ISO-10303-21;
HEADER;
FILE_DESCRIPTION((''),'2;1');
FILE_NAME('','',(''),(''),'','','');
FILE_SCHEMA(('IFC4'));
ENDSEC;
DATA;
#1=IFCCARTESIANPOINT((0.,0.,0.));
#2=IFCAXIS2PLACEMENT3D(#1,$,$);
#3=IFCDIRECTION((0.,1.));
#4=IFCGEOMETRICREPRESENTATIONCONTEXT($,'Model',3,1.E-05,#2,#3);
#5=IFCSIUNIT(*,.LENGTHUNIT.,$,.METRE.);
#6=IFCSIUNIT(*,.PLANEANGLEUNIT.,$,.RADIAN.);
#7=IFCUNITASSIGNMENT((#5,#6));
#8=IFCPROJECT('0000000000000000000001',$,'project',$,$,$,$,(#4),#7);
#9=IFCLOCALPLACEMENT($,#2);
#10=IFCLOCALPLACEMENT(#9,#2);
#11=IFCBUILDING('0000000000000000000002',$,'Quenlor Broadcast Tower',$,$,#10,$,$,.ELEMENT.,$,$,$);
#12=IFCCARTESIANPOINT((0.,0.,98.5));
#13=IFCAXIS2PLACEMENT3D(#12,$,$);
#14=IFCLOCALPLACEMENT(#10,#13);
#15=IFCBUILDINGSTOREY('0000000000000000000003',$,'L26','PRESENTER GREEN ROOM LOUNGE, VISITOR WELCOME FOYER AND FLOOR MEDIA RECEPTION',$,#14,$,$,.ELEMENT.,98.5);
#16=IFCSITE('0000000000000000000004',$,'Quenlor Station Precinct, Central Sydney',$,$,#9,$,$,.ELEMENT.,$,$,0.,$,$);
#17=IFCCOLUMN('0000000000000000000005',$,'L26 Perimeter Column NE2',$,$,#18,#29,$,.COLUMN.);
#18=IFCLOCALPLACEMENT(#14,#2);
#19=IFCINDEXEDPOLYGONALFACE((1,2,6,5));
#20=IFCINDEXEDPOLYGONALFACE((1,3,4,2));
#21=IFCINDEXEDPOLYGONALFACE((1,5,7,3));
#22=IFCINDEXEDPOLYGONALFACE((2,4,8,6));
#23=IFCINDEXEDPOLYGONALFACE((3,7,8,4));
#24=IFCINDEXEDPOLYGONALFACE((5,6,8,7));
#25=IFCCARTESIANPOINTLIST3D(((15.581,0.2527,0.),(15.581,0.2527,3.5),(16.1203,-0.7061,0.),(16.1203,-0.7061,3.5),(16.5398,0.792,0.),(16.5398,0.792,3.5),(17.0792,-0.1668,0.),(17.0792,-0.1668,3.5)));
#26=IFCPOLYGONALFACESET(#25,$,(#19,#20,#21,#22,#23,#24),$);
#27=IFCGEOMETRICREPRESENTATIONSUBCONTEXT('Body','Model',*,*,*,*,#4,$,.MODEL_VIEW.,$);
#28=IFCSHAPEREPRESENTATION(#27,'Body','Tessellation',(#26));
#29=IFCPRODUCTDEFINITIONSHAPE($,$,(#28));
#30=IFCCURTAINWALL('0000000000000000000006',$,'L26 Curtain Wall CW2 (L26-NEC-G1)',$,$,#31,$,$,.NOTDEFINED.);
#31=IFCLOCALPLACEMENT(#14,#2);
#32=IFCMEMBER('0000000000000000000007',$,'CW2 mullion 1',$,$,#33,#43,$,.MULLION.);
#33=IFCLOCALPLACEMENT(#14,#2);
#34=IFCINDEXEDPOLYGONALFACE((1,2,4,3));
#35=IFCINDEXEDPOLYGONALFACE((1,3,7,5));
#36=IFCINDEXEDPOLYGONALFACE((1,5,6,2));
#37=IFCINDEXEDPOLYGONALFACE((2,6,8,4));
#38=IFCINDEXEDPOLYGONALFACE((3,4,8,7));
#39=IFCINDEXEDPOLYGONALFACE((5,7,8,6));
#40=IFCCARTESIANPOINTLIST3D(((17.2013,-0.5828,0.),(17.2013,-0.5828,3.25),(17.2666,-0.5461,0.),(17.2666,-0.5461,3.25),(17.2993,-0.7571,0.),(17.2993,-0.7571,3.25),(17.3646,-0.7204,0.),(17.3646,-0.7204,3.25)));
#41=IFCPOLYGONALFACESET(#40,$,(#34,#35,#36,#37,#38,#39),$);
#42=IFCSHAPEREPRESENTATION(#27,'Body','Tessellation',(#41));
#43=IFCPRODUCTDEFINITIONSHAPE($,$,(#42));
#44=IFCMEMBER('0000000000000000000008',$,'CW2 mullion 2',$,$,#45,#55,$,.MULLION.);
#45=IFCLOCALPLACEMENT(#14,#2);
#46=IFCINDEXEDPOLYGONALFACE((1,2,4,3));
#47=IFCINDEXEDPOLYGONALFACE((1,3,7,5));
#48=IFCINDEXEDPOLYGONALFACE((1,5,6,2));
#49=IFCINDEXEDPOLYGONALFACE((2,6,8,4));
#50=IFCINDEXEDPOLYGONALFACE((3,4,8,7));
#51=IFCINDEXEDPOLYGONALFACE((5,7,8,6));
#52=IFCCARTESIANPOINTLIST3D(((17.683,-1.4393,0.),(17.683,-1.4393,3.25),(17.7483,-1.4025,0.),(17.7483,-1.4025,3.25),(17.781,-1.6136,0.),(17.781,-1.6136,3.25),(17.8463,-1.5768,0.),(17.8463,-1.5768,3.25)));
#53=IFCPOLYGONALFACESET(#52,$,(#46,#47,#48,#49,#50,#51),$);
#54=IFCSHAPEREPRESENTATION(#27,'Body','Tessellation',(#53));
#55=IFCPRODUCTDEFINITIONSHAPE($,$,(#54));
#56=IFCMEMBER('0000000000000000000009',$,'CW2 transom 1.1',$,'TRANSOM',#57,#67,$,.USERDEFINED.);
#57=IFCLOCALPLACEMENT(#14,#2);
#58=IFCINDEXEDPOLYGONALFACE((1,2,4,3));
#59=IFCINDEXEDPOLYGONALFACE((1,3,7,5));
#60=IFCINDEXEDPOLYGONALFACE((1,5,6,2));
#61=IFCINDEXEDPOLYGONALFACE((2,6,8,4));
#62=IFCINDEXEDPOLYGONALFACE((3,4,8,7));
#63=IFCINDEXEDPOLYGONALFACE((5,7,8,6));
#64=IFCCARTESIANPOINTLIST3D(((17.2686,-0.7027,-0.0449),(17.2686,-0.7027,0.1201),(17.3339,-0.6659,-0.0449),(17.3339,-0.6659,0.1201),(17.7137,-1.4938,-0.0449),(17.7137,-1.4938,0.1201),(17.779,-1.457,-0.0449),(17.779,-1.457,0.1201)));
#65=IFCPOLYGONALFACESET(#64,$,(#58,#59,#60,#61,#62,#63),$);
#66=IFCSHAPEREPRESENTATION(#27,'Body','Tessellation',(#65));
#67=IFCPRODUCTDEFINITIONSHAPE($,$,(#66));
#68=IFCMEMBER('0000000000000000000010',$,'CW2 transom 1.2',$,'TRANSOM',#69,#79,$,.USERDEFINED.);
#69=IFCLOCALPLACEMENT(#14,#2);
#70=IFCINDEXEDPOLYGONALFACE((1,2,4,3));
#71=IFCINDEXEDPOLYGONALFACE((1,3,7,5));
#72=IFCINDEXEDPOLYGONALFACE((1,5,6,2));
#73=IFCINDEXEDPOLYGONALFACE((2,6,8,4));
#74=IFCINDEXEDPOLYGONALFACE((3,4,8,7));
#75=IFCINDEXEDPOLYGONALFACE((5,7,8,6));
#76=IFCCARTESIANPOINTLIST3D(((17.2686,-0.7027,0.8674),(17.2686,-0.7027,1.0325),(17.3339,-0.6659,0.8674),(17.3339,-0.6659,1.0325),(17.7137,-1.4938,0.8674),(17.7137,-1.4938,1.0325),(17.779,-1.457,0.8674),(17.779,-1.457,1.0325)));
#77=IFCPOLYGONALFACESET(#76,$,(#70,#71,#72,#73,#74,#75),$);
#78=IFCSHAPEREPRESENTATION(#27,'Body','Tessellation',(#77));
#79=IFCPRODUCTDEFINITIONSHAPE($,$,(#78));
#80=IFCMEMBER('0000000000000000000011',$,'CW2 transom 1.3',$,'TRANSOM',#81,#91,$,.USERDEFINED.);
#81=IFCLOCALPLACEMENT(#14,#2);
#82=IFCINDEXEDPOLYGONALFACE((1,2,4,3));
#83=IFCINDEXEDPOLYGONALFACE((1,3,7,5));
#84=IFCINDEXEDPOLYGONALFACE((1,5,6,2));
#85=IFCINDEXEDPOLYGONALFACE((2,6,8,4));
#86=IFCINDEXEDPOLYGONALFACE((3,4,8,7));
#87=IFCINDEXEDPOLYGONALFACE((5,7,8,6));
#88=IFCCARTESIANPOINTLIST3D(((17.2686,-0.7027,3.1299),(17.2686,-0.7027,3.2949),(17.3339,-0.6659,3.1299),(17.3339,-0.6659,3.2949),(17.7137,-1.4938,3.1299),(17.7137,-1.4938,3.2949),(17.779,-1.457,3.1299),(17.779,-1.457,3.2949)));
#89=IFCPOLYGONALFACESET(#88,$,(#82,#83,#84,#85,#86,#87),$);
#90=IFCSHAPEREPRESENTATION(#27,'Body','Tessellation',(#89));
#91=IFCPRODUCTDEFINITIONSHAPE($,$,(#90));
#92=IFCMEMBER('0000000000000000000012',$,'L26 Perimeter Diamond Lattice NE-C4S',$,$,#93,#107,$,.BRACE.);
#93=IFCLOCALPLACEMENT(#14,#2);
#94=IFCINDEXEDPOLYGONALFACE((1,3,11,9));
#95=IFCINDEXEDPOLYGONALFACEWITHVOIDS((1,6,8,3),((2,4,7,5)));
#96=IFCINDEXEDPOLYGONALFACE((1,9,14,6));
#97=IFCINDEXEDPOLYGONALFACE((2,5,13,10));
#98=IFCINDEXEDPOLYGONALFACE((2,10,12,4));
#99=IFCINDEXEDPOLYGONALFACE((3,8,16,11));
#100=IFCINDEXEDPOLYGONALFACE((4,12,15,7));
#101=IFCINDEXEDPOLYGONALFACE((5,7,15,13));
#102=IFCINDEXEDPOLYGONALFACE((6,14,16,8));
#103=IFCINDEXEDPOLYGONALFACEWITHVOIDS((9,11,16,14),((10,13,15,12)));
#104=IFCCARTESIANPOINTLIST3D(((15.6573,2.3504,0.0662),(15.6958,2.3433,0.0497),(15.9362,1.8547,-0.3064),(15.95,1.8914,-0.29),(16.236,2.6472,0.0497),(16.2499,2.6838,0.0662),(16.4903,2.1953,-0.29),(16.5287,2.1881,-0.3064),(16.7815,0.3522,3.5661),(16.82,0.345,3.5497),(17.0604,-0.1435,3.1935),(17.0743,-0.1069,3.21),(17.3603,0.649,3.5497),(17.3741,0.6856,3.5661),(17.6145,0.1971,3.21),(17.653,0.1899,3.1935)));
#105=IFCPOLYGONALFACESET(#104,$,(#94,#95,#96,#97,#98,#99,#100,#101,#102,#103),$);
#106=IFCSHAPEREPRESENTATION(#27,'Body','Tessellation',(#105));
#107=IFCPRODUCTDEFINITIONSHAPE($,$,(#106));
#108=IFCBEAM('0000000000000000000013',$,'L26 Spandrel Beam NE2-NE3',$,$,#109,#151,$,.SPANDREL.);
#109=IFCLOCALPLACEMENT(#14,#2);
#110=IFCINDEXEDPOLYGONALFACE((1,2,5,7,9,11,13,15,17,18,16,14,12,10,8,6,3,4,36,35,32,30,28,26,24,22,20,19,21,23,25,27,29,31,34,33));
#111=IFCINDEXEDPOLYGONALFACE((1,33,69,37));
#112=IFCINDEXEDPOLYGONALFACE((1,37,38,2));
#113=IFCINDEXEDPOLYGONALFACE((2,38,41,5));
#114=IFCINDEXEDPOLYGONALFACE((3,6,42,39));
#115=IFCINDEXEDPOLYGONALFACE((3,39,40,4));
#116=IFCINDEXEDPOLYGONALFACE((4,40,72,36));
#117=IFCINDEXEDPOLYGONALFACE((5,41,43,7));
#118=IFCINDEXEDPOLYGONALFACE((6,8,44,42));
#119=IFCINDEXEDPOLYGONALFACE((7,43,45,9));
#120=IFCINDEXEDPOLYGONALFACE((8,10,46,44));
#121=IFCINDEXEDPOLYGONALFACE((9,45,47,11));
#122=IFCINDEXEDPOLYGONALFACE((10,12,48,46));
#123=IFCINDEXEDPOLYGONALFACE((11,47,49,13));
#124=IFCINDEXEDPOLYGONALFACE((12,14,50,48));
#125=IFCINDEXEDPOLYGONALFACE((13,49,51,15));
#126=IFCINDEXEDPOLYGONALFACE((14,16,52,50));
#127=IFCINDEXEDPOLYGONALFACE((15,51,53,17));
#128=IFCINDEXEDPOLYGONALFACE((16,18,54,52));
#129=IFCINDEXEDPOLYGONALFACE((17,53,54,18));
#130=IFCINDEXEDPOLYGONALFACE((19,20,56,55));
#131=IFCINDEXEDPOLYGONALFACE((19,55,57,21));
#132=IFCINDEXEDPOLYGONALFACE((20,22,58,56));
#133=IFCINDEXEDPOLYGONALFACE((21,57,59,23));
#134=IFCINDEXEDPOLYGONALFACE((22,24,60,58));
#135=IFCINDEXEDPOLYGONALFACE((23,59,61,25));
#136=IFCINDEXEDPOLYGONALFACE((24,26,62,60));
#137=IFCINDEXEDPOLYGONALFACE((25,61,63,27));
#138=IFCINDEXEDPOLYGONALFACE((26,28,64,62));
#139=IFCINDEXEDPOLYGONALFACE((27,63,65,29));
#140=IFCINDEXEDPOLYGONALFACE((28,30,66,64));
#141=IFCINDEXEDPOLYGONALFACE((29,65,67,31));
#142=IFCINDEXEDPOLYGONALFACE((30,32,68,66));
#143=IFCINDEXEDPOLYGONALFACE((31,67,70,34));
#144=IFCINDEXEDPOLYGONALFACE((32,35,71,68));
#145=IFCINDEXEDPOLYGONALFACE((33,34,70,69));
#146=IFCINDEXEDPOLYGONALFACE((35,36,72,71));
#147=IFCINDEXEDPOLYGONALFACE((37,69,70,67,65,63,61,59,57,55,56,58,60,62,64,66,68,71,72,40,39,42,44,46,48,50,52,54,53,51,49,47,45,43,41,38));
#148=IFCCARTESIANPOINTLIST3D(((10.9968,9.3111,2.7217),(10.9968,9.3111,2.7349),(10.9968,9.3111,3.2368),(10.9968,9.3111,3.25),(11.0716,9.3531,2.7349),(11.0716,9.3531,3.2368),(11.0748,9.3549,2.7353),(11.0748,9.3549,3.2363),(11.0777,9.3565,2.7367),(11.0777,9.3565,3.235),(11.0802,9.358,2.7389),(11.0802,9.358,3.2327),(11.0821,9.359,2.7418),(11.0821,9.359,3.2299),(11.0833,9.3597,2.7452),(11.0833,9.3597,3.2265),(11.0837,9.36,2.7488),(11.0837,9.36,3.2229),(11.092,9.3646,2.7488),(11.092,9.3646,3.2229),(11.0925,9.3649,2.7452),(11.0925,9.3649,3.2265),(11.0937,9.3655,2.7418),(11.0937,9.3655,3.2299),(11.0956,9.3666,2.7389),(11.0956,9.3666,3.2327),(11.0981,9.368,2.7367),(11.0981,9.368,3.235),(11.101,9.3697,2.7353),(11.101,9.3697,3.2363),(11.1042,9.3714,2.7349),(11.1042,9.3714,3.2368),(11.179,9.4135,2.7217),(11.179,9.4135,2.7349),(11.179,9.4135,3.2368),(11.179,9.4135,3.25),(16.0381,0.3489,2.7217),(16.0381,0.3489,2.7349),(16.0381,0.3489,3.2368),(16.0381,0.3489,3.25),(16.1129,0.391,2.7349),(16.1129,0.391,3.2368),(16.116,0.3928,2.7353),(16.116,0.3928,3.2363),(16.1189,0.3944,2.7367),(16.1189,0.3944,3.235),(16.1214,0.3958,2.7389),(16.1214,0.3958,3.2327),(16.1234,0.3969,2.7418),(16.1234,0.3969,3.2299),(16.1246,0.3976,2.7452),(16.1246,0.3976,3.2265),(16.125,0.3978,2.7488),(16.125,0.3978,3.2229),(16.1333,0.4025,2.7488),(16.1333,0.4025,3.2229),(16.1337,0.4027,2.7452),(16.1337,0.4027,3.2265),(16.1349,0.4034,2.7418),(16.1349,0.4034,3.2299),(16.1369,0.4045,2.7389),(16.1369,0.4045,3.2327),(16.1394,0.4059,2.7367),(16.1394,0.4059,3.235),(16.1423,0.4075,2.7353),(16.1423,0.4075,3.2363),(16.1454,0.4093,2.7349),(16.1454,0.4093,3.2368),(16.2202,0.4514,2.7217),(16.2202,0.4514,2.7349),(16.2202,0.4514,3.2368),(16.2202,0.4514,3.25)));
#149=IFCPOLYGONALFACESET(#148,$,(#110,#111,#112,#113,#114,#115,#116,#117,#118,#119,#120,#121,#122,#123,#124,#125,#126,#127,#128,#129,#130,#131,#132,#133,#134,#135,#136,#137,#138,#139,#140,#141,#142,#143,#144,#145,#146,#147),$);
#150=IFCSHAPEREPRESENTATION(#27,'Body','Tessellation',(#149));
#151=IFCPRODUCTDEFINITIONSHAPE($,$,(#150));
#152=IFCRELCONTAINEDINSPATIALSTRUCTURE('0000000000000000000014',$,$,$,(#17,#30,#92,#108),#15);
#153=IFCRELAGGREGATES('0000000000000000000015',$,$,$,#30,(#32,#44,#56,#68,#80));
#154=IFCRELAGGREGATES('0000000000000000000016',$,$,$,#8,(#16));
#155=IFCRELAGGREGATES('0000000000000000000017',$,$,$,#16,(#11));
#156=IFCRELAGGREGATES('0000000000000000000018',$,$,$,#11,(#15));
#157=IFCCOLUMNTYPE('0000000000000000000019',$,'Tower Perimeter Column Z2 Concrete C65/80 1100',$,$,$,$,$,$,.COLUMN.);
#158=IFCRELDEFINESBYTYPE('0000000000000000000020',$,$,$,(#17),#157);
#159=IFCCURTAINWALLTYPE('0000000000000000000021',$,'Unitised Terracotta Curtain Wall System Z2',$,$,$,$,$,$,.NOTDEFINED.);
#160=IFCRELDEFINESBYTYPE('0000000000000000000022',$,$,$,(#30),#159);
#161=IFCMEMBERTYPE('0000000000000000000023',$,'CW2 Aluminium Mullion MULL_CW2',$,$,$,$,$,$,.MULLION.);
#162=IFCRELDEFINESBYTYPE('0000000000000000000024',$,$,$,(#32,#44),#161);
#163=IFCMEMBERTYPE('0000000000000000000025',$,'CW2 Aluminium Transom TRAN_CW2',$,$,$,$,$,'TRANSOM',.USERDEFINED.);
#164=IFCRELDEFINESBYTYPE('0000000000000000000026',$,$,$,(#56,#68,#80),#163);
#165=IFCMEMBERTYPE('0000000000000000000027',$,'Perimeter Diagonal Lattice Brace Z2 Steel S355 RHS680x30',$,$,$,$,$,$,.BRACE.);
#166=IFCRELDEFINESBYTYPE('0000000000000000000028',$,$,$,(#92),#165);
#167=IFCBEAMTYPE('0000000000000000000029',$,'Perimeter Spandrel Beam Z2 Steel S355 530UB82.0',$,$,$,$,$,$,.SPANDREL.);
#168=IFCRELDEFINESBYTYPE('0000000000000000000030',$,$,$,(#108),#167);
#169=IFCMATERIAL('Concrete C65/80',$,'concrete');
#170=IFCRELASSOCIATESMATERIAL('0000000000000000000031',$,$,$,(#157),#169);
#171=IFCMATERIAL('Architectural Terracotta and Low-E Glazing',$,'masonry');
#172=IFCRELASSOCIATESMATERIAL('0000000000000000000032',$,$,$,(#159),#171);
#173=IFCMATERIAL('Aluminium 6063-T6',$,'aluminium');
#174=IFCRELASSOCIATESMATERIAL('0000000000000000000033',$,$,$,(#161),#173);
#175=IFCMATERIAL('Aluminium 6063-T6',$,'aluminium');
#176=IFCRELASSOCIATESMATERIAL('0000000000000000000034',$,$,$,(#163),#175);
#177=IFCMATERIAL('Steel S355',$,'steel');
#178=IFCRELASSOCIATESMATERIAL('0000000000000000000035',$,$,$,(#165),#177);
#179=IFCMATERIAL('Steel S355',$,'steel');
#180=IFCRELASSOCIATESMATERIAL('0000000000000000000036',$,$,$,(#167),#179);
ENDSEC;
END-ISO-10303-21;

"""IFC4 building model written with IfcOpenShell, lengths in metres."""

from ifc_helpers import new_model, si_unit, direction, frame, origin, origin_2d, place, context, subcontext, project, spatial, rectangle, hollow_rectangle, i_section, extrude, material, material_profile, profile_set, type_object, element, aggregate, save


model = new_model("IFC4")

# Units and contexts
model_context = context("Model", 3, precision=1e-05, world=origin(), true_north=direction((0.0, 1.0)))
body_context = subcontext(model_context, "Body", "Model", "MODEL_VIEW")
ifc_project = project(units=[si_unit("LENGTHUNIT", "METRE"), si_unit("PLANEANGLEUNIT", "RADIAN")], contexts=[model_context])

# Site, building, storey
site_placement = place(None, origin())
site = spatial("IfcSite", under=ifc_project, at=site_placement, Name="Quenlor Station Precinct, Central Sydney", CompositionType="ELEMENT", RefElevation=0.0)
building_placement = place(site_placement, origin())
building = spatial("IfcBuilding", under=site, at=building_placement, Name="Quenlor Broadcast Tower", CompositionType="ELEMENT")
storey_placement = place(building_placement, frame((0.0, 0.0, 98.5)))
storey = spatial("IfcBuildingStorey", under=building, at=storey_placement, Name="L26", Description="PRESENTER GREEN ROOM LOUNGE, VISITOR WELCOME FOYER AND FLOOR MEDIA RECEPTION", CompositionType="ELEMENT", Elevation=98.5)

# Column
ifc_material_1 = material(Name="Concrete C65/80", Category="concrete")
ifc_material_profile_1 = material_profile(ifc_material_1, rectangle(XDim=1.1001, YDim=1.1001, at=origin_2d()))
ifc_profile_set_1 = profile_set([ifc_material_profile_1], Name="Concrete C65/80 RC1100x1100")
column_type = type_object("IfcColumnType", Name="Tower Perimeter Column Z2 Concrete C65/80 1100", PredefinedType="COLUMN", material=ifc_profile_set_1)
column_placement = place(storey_placement, frame((16.3301, 0.043, 0.0), z_axis=(0.0, 0.0, 1.0), x_axis=(0.871575, 0.490262, 0.0)))
element("IfcColumn", 1, at=column_placement, inside=storey, type_object=column_type, Name="L26 Perimeter Column NE2", PredefinedType="COLUMN", context=body_context, shape_type="SweptSolid", body=[
    extrude(rectangle(XDim=1.1001, YDim=1.1001, at=origin_2d()), origin(), (0.0, 0.0, 1.0), 3.5),
])

# Curtain wall, members
ifc_material_2 = material(Name="Architectural Terracotta and Low-E Glazing", Category="masonry")
curtain_wall_type = type_object("IfcCurtainWallType", Name="Unitised Terracotta Curtain Wall System Z2", PredefinedType="NOTDEFINED", material=ifc_material_2)
curtain_wall_placement = place(storey_placement, origin())
curtain_wall = element("IfcCurtainWall", 2, at=curtain_wall_placement, inside=storey, type_object=curtain_wall_type, Name="L26 Curtain Wall CW2 (L26-NEC-G1)", PredefinedType="NOTDEFINED")
ifc_material_3 = material(Name="Aluminium 6063-T6", Category="aluminium")
ifc_material_profile_2 = material_profile(ifc_material_3, rectangle(XDim=0.075, YDim=0.2, at=origin_2d()))
ifc_profile_set_2 = profile_set([ifc_material_profile_2], Name="Aluminium 6063-T6 MULL75x200")
member_type_1 = type_object("IfcMemberType", Name="CW2 Aluminium Mullion MULL_CW2", PredefinedType="MULLION", material=ifc_profile_set_2)
member_1_placement = place(storey_placement, frame((17.283, -0.6516, 0.0), z_axis=(0.0, 0.0, 1.0), x_axis=(0.871581, 0.490252, 0.0)))
member_1 = element("IfcMember", 3, at=member_1_placement, type_object=member_type_1, Name="CW2 mullion 1", PredefinedType="MULLION", context=body_context, shape_type="SweptSolid", body=[
    extrude(rectangle(XDim=0.075, YDim=0.2, at=origin_2d()), origin(), (0.0, 0.0, 1.0), 3.25),
])
member_2_placement = place(storey_placement, frame((17.7646, -1.5081, 0.0), z_axis=(0.0, 0.0, 1.0), x_axis=(0.871581, 0.490252, 0.0)))
member_2 = element("IfcMember", 4, at=member_2_placement, type_object=member_type_1, Name="CW2 mullion 2", PredefinedType="MULLION", context=body_context, shape_type="SweptSolid", body=[
    extrude(rectangle(XDim=0.075, YDim=0.2, at=origin_2d()), origin(), (0.0, 0.0, 1.0), 3.25),
])
ifc_material_4 = material(Name="Aluminium 6063-T6", Category="aluminium")
ifc_material_profile_3 = material_profile(ifc_material_4, rectangle(XDim=0.075, YDim=0.165, at=origin_2d()))
ifc_profile_set_3 = profile_set([ifc_material_profile_3], Name="Aluminium 6063-T6 TRAN75x165")
member_type_2 = type_object("IfcMemberType", Name="CW2 Aluminium Transom TRAN_CW2", ElementType="TRANSOM", PredefinedType="USERDEFINED", material=ifc_profile_set_3)
member_3_placement = place(storey_placement, frame((17.3013, -0.6843, 0.0376), z_axis=(0.490363, -0.871518, 0.0), x_axis=(0.871518, 0.490363, 0.0)))
member_3 = element("IfcMember", 5, at=member_3_placement, type_object=member_type_2, Name="CW2 transom 1.1", ObjectType="TRANSOM", PredefinedType="USERDEFINED", context=body_context, shape_type="SweptSolid", body=[
    extrude(rectangle(XDim=0.075, YDim=0.165, at=origin_2d()), origin(), (0.0, 0.0, 1.0), 0.9077),
])
member_4_placement = place(storey_placement, frame((17.3013, -0.6843, 0.95), z_axis=(0.490363, -0.871518, 0.0), x_axis=(0.871518, 0.490363, 0.0)))
member_4 = element("IfcMember", 6, at=member_4_placement, type_object=member_type_2, Name="CW2 transom 1.2", ObjectType="TRANSOM", PredefinedType="USERDEFINED", context=body_context, shape_type="SweptSolid", body=[
    extrude(rectangle(XDim=0.075, YDim=0.165, at=origin_2d()), origin(), (0.0, 0.0, 1.0), 0.9077),
])
member_5_placement = place(storey_placement, frame((17.3013, -0.6843, 3.2124), z_axis=(0.490363, -0.871518, 0.0), x_axis=(0.871518, 0.490363, 0.0)))
member_5 = element("IfcMember", 7, at=member_5_placement, type_object=member_type_2, Name="CW2 transom 1.3", ObjectType="TRANSOM", PredefinedType="USERDEFINED", context=body_context, shape_type="SweptSolid", body=[
    extrude(rectangle(XDim=0.075, YDim=0.165, at=origin_2d()), origin(), (0.0, 0.0, 1.0), 0.9077),
])

# Member
ifc_material_5 = material(Name="Steel S355", Category="steel")
ifc_material_profile_4 = material_profile(ifc_material_5, hollow_rectangle(XDim=0.6799, YDim=0.6799, WallThickness=0.03, at=origin_2d()))
ifc_profile_set_4 = profile_set([ifc_material_profile_4], Name="Steel S355 RHS680x680x30")
member_type_3 = type_object("IfcMemberType", Name="Perimeter Diagonal Lattice Brace Z2 Steel S355 RHS680x30", PredefinedType="BRACE", material=ifc_profile_set_4)
member_6_placement = place(storey_placement, frame((16.093, 2.2693, -0.1201), z_axis=(0.268697, -0.477585, 0.836489), x_axis=(0.871533, 0.490337, 0.0)))
element("IfcMember", 8, at=member_6_placement, inside=storey, type_object=member_type_3, Name="L26 Perimeter Diamond Lattice NE-C4S", PredefinedType="BRACE", context=body_context, shape_type="SweptSolid", body=[
    extrude(hollow_rectangle(XDim=0.6799, YDim=0.6799, WallThickness=0.03, at=origin_2d()), origin(), (0.0, 0.0, 1.0), 4.1841),
])

# Beam
ifc_material_6 = material(Name="Steel S355", Category="steel")
ifc_material_profile_5 = material_profile(ifc_material_6, i_section(OverallWidth=0.209, OverallDepth=0.5283, WebThickness=0.0095, FlangeThickness=0.0132, FilletRadius=0.0139, at=origin_2d()))
ifc_profile_set_5 = profile_set([ifc_material_profile_5], Name="Steel S355 530UB82.0")
beam_type_1 = type_object("IfcBeamType", Name="Perimeter Spandrel Beam Z2 Steel S355 530UB82.0", PredefinedType="SPANDREL", material=ifc_profile_set_5)
beam_1_placement = place(storey_placement, frame((16.1292, 0.4001, 2.9858), z_axis=(-0.490265, 0.871574, 0.0), x_axis=(-0.871574, -0.490265, 0.0)))
element("IfcBeam", 9, at=beam_1_placement, inside=storey, type_object=beam_type_1, Name="L26 Spandrel Beam NE2-NE3", PredefinedType="SPANDREL", context=body_context, shape_type="SweptSolid", body=[
    extrude(i_section(OverallWidth=0.209, OverallDepth=0.5283, WebThickness=0.0095, FlangeThickness=0.0132, FilletRadius=0.0139, at=origin_2d()), origin(), (0.0, 0.0, 1.0), 10.2827),
])

aggregate(curtain_wall, [member_1, member_2, member_3, member_4, member_5])

save(model, "model.ifc")
